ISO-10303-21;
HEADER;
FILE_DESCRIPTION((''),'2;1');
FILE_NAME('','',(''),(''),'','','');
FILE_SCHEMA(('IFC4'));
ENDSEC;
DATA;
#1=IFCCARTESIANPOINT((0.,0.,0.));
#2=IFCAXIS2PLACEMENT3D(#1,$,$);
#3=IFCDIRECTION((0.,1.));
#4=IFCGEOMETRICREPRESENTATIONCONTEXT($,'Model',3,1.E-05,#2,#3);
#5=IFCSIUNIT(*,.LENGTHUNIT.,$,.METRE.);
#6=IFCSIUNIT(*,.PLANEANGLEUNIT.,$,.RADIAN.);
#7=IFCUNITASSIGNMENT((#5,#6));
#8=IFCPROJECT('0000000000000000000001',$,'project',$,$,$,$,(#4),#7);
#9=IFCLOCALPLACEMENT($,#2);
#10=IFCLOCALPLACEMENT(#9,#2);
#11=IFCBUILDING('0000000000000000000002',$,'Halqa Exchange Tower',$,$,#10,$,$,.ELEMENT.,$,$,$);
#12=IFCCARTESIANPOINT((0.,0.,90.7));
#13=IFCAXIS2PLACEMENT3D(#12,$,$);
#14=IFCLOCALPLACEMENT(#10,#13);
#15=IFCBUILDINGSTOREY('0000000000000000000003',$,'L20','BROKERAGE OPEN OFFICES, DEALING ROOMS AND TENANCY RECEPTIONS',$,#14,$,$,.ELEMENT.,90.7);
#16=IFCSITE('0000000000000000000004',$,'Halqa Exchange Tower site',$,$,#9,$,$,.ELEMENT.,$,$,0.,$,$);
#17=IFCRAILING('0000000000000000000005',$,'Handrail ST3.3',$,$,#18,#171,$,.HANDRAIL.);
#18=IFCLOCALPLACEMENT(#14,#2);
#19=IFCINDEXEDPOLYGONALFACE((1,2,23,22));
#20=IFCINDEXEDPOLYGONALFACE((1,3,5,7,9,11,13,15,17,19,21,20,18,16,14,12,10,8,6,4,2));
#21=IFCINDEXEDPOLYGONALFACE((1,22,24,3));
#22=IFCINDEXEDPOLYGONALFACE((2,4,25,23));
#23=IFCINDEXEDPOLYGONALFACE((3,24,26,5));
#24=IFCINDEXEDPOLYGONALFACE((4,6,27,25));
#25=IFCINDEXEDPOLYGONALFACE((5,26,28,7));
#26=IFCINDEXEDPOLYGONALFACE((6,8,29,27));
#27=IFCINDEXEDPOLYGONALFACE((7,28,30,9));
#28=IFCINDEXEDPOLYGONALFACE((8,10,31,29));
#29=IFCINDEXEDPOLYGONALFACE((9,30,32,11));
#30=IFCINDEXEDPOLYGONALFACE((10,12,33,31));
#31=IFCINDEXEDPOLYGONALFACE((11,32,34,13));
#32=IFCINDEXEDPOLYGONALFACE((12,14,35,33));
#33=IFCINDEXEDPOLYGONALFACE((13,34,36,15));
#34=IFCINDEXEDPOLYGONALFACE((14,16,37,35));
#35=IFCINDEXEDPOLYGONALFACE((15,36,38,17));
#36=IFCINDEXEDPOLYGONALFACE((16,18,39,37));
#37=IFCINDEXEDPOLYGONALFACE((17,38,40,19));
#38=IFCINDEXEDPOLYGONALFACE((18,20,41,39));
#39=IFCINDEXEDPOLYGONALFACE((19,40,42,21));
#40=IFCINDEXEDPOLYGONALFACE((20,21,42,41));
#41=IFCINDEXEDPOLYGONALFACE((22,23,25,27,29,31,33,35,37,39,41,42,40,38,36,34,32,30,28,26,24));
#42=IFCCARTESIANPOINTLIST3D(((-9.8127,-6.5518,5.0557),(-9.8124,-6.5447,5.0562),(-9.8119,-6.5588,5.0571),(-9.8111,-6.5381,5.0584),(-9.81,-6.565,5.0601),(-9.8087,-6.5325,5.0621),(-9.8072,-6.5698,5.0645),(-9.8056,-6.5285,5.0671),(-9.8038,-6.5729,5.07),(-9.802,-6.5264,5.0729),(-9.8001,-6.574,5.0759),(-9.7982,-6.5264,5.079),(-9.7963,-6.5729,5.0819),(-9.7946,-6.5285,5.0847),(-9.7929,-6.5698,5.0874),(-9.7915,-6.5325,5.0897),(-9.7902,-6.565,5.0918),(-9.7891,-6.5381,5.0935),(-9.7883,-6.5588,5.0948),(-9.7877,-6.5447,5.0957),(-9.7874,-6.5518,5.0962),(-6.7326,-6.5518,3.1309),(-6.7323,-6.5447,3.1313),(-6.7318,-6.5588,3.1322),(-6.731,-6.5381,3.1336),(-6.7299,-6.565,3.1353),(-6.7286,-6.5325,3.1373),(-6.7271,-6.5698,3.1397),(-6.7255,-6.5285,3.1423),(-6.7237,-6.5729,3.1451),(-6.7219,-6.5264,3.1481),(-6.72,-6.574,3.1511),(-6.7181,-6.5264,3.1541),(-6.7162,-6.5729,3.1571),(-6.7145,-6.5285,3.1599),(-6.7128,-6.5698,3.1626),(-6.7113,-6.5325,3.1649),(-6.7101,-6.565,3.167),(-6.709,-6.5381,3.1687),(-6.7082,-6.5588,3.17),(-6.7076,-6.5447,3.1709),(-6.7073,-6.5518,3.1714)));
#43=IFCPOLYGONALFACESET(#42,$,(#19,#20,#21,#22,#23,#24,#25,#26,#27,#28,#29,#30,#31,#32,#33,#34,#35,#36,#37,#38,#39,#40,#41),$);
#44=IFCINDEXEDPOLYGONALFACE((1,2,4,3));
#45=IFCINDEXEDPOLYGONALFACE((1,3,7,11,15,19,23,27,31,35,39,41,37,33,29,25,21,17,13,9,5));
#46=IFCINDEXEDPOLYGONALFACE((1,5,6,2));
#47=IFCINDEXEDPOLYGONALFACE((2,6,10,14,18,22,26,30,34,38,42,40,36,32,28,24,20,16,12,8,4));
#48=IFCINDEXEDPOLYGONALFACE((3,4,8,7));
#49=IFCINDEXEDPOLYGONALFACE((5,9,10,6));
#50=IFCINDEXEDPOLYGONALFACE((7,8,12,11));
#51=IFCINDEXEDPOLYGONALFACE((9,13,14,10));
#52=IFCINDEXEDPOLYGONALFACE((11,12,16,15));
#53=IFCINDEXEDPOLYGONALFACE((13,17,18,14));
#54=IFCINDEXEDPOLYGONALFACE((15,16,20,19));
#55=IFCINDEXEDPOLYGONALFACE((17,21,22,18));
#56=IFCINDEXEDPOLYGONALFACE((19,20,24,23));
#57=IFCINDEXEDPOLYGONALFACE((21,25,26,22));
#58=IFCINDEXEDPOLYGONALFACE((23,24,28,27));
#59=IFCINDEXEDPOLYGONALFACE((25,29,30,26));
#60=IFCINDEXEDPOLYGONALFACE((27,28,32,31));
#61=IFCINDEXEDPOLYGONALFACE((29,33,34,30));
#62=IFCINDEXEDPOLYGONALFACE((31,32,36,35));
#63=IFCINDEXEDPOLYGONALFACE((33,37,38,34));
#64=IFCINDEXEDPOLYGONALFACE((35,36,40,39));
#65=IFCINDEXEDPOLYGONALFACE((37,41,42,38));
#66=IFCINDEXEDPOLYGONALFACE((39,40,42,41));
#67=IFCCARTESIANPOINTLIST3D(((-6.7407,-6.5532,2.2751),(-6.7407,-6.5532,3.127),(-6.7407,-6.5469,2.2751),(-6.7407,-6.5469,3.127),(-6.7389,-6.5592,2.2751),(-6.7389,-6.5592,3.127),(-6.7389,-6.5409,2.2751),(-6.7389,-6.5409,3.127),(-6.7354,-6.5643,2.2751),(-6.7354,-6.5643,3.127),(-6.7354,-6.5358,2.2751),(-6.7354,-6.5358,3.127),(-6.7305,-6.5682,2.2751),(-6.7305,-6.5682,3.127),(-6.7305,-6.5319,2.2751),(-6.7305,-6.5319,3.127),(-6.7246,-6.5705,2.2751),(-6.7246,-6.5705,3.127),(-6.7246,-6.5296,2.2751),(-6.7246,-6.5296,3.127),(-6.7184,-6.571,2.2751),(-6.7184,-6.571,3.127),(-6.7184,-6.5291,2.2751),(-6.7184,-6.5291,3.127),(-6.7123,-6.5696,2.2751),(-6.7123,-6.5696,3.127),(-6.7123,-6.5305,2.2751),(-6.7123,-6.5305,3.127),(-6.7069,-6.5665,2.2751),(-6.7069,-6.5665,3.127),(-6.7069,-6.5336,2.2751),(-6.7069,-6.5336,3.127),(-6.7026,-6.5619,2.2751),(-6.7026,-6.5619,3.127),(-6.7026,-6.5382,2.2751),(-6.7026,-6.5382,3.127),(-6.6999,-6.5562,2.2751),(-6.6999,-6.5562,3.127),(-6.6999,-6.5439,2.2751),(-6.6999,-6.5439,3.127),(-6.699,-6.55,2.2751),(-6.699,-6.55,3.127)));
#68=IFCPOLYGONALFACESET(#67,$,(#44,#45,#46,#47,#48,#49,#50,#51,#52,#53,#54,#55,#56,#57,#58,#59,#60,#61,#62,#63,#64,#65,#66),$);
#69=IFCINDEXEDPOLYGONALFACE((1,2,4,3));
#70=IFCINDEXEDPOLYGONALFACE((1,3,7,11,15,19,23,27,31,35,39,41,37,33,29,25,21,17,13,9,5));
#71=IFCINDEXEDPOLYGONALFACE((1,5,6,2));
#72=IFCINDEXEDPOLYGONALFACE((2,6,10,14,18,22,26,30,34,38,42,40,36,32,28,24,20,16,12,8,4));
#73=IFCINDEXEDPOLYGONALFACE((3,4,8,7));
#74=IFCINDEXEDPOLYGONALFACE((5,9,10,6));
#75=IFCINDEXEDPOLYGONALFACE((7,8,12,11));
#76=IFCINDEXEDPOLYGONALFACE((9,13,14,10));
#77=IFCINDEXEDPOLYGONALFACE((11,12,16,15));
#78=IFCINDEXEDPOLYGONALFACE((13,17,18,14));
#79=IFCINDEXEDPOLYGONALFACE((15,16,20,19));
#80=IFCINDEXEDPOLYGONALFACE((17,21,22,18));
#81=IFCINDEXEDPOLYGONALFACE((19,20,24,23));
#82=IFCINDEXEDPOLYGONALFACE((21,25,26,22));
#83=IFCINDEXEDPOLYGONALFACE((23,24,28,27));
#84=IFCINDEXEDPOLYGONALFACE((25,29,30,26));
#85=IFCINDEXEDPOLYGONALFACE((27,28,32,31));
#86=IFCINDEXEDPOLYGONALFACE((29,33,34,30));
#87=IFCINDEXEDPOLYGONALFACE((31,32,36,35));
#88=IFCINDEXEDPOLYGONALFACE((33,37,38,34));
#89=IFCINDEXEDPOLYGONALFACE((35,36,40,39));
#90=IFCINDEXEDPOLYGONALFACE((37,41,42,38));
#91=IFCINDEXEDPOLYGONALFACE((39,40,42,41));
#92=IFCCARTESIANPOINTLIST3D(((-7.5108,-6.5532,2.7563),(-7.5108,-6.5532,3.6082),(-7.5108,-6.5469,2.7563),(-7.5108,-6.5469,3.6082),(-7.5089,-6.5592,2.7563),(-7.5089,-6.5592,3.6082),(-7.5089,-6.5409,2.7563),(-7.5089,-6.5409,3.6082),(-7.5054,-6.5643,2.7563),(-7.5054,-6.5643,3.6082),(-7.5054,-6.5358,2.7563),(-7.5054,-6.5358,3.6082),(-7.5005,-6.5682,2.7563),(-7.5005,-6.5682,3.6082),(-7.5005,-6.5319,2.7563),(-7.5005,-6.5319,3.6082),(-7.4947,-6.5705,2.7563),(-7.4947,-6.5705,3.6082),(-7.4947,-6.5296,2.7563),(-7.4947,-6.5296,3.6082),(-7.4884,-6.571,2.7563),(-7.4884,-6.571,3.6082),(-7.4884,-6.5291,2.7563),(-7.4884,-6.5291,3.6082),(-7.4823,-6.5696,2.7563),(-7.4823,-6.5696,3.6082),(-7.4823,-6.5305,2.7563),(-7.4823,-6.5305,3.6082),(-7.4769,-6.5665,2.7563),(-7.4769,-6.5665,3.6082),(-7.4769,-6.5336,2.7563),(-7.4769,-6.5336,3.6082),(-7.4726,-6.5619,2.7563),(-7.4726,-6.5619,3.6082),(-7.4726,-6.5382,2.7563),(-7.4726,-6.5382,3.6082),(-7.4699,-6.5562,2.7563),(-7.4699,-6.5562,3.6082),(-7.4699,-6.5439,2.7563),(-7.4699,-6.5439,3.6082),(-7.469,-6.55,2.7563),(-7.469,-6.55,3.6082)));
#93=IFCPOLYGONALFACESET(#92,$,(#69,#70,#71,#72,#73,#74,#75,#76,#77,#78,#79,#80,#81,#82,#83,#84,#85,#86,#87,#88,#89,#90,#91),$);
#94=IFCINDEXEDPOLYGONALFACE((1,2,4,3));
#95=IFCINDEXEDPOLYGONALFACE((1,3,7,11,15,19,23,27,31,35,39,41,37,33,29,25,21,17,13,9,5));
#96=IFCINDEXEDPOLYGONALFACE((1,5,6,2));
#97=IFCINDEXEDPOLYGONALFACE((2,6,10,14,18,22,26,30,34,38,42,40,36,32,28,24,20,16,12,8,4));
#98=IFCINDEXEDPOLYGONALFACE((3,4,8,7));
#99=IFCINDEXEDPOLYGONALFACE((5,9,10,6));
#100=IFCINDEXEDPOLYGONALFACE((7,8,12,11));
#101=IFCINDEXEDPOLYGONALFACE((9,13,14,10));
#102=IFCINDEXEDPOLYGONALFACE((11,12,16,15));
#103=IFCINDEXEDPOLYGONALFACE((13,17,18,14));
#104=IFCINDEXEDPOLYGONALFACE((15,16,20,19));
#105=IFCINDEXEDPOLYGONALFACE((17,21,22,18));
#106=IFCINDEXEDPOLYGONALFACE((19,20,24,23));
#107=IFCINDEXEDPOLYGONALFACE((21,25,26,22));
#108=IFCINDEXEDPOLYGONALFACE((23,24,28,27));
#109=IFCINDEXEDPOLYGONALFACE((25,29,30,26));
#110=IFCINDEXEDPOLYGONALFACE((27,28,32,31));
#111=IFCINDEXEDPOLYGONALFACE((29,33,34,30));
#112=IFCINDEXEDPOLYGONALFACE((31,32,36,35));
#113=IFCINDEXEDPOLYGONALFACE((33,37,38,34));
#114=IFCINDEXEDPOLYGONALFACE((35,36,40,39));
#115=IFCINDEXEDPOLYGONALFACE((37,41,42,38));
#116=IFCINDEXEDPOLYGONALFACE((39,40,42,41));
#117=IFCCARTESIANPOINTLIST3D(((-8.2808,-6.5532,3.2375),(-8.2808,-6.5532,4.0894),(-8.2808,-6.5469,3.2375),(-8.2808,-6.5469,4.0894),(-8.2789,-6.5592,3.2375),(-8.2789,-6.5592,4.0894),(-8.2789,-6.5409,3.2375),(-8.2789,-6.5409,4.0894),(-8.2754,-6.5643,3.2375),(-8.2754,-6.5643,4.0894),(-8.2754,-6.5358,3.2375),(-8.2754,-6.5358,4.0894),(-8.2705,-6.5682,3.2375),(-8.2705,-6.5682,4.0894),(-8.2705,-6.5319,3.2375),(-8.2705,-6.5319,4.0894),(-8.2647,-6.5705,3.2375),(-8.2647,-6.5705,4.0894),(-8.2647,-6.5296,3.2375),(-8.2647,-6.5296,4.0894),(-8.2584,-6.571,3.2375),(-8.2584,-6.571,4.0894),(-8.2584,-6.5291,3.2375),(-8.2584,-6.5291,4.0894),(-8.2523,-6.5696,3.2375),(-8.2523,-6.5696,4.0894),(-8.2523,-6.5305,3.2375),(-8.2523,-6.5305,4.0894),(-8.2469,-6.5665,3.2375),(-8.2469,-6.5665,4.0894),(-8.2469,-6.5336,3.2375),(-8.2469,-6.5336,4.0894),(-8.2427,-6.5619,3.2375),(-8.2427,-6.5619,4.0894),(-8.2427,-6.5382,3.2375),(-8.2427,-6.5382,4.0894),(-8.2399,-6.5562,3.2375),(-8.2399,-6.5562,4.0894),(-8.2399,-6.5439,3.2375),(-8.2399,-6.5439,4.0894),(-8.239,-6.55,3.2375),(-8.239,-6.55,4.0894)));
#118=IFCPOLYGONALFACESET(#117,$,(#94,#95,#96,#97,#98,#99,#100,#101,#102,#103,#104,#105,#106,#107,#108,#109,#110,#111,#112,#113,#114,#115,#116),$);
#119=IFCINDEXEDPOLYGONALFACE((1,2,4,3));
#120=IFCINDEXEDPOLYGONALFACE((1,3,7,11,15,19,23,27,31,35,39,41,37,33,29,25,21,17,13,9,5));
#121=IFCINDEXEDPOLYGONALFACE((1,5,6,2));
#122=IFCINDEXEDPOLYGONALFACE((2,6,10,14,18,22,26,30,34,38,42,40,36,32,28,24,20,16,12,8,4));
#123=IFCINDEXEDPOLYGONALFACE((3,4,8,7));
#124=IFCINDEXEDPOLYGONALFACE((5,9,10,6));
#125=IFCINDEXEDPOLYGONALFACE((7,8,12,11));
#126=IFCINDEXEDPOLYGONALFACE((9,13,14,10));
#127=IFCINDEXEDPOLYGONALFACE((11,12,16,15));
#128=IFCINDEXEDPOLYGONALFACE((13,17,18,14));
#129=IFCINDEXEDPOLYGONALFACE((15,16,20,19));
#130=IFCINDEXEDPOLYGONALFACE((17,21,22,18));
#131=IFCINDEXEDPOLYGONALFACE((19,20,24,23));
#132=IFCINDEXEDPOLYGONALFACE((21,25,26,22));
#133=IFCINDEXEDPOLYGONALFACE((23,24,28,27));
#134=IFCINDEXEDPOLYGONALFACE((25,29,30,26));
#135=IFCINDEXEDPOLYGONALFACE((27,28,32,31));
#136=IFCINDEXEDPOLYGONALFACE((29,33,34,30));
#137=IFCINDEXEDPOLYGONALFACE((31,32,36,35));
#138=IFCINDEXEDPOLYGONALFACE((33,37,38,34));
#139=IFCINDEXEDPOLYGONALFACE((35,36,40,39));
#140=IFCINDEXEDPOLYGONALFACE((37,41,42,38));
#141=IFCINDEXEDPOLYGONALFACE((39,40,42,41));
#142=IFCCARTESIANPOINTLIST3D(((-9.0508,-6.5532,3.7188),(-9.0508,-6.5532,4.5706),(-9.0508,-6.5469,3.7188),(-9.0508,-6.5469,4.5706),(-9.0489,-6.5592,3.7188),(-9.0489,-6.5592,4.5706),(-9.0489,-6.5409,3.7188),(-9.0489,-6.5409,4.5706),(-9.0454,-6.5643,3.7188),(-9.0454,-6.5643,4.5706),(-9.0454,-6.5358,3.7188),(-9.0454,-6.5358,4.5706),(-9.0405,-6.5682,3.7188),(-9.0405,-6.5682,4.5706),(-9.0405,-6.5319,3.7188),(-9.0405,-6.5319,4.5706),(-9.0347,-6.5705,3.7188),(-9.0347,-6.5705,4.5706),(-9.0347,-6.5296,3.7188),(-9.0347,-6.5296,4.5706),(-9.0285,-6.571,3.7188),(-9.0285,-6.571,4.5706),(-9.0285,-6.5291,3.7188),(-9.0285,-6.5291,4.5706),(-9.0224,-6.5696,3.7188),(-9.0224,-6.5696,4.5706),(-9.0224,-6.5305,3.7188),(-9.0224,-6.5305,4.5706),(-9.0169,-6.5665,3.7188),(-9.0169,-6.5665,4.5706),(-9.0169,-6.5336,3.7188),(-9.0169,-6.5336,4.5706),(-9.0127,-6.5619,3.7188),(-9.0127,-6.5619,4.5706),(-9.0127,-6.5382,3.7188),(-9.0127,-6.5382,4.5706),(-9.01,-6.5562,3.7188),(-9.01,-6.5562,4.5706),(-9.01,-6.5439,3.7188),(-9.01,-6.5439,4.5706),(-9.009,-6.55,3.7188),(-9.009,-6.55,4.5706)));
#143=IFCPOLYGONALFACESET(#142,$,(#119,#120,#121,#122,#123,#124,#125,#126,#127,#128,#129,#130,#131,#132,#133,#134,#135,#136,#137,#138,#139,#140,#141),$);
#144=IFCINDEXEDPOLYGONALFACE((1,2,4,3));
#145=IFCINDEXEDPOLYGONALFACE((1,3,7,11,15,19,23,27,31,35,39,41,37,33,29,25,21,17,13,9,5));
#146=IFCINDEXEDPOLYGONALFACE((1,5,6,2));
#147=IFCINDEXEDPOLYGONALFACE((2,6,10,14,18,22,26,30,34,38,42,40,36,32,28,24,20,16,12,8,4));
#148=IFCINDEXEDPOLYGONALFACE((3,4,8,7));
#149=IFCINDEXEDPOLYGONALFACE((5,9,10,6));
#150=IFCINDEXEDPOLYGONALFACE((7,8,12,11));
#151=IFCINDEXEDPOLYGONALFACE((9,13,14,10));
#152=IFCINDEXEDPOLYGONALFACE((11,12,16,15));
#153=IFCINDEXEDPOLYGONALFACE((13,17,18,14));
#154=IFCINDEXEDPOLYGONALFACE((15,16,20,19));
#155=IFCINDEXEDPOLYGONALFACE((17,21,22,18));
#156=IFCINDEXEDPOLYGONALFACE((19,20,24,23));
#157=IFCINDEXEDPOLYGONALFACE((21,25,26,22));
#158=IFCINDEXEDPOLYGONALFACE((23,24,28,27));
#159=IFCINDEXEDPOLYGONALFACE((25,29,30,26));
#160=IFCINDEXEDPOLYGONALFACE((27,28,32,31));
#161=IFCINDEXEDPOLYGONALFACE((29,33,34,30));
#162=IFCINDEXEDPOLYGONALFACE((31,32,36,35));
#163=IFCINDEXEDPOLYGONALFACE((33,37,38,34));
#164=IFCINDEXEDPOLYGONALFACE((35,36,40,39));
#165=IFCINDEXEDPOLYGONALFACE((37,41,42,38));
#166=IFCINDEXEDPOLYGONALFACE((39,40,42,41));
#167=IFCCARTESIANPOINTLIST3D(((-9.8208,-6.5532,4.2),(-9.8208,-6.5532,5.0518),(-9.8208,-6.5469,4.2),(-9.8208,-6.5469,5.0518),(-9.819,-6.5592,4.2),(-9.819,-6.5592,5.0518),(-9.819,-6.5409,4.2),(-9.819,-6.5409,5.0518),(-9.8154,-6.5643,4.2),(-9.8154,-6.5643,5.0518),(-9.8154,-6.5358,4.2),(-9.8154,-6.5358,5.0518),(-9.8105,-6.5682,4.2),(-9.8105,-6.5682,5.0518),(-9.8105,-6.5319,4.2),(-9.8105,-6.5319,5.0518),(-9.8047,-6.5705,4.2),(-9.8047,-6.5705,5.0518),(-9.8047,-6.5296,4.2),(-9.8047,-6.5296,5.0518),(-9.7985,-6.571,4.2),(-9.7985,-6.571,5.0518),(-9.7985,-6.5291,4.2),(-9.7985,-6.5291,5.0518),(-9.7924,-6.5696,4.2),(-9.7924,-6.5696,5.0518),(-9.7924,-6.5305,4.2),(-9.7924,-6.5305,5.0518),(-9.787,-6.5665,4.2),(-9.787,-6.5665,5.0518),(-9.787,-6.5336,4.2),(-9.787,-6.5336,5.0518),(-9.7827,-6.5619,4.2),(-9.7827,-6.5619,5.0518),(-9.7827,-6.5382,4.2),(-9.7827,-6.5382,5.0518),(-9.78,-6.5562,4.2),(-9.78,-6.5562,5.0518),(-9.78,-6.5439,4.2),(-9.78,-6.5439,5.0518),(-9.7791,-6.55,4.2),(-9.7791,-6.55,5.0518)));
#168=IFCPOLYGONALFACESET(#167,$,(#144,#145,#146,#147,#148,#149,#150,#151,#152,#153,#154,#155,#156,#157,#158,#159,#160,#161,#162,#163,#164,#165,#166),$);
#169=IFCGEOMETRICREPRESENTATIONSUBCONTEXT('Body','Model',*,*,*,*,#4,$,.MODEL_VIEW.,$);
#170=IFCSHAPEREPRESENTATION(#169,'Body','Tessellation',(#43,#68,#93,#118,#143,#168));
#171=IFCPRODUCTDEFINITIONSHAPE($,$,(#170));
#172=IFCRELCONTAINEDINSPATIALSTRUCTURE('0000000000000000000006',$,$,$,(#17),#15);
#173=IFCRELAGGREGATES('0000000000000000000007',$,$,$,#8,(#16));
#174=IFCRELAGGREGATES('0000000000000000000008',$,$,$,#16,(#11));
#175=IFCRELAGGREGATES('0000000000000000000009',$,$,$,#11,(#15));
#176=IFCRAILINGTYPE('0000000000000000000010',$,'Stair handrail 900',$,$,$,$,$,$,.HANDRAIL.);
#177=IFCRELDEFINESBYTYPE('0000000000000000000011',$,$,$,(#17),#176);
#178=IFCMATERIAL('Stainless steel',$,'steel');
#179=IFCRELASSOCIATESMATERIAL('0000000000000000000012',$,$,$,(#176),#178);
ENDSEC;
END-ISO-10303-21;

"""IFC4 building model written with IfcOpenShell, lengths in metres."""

from ifc_helpers import new_model, si_unit, direction, frame, origin, origin_2d, place, context, subcontext, project, spatial, circle, extrude, material, type_object, element, save


model = new_model("IFC4")

# Units and contexts
model_context = context("Model", 3, precision=1e-05, world=origin(), true_north=direction((0.0, 1.0)))
body_context = subcontext(model_context, "Body", "Model", "MODEL_VIEW")
ifc_project = project(units=[si_unit("LENGTHUNIT", "METRE"), si_unit("PLANEANGLEUNIT", "RADIAN")], contexts=[model_context])

# Site, building, storey
site_placement = place(None, origin())
site = spatial("IfcSite", under=ifc_project, at=site_placement, Name="Halqa Exchange Tower site", CompositionType="ELEMENT", RefElevation=0.0)
building_placement = place(site_placement, origin())
building = spatial("IfcBuilding", under=site, at=building_placement, Name="Halqa Exchange Tower", CompositionType="ELEMENT")
storey_placement = place(building_placement, frame((0.0, 0.0, 90.7)))
storey = spatial("IfcBuildingStorey", under=building, at=storey_placement, Name="L20", Description="BROKERAGE OPEN OFFICES, DEALING ROOMS AND TENANCY RECEPTIONS", CompositionType="ELEMENT", Elevation=90.7)

# Shared definitions
ifc_material_1 = material(Name="Stainless steel", Category="steel")

# Railing
railing_type_1 = type_object("IfcRailingType", Name="Stair handrail 900", PredefinedType="HANDRAIL", material=ifc_material_1)
railing_1_placement = place(storey_placement, frame((-6.72, -6.55, 2.2751)))
element("IfcRailing", 1, at=railing_1_placement, inside=storey, type_object=railing_type_1, Name="Handrail ST3.3", PredefinedType="HANDRAIL", context=body_context, shape_type="SweptSolid", body=[
    extrude(circle(Radius=0.0239, at=origin_2d()), frame((0.0, 0.0, 0.876), z_axis=(-0.848029, 0.0, 0.529951), x_axis=(0.0, -1.0, 0.0)), (0.0, 0.0, 1.0), 3.6321),
    extrude(circle(Radius=0.021, at=origin_2d()), origin(), (0.0, 0.0, 1.0), 0.8518),
    extrude(circle(Radius=0.021, at=origin_2d()), frame((-0.77, 0.0, 0.4812)), (0.0, 0.0, 1.0), 0.8518),
    extrude(circle(Radius=0.021, at=origin_2d()), frame((-1.54, 0.0, 0.9624)), (0.0, 0.0, 1.0), 0.8518),
    extrude(circle(Radius=0.021, at=origin_2d()), frame((-2.3101, 0.0, 1.4436)), (0.0, 0.0, 1.0), 0.8518),
    extrude(circle(Radius=0.021, at=origin_2d()), frame((-3.0801, 0.0, 1.9248)), (0.0, 0.0, 1.0), 0.8518),
])

save(model, "model.ifc")
